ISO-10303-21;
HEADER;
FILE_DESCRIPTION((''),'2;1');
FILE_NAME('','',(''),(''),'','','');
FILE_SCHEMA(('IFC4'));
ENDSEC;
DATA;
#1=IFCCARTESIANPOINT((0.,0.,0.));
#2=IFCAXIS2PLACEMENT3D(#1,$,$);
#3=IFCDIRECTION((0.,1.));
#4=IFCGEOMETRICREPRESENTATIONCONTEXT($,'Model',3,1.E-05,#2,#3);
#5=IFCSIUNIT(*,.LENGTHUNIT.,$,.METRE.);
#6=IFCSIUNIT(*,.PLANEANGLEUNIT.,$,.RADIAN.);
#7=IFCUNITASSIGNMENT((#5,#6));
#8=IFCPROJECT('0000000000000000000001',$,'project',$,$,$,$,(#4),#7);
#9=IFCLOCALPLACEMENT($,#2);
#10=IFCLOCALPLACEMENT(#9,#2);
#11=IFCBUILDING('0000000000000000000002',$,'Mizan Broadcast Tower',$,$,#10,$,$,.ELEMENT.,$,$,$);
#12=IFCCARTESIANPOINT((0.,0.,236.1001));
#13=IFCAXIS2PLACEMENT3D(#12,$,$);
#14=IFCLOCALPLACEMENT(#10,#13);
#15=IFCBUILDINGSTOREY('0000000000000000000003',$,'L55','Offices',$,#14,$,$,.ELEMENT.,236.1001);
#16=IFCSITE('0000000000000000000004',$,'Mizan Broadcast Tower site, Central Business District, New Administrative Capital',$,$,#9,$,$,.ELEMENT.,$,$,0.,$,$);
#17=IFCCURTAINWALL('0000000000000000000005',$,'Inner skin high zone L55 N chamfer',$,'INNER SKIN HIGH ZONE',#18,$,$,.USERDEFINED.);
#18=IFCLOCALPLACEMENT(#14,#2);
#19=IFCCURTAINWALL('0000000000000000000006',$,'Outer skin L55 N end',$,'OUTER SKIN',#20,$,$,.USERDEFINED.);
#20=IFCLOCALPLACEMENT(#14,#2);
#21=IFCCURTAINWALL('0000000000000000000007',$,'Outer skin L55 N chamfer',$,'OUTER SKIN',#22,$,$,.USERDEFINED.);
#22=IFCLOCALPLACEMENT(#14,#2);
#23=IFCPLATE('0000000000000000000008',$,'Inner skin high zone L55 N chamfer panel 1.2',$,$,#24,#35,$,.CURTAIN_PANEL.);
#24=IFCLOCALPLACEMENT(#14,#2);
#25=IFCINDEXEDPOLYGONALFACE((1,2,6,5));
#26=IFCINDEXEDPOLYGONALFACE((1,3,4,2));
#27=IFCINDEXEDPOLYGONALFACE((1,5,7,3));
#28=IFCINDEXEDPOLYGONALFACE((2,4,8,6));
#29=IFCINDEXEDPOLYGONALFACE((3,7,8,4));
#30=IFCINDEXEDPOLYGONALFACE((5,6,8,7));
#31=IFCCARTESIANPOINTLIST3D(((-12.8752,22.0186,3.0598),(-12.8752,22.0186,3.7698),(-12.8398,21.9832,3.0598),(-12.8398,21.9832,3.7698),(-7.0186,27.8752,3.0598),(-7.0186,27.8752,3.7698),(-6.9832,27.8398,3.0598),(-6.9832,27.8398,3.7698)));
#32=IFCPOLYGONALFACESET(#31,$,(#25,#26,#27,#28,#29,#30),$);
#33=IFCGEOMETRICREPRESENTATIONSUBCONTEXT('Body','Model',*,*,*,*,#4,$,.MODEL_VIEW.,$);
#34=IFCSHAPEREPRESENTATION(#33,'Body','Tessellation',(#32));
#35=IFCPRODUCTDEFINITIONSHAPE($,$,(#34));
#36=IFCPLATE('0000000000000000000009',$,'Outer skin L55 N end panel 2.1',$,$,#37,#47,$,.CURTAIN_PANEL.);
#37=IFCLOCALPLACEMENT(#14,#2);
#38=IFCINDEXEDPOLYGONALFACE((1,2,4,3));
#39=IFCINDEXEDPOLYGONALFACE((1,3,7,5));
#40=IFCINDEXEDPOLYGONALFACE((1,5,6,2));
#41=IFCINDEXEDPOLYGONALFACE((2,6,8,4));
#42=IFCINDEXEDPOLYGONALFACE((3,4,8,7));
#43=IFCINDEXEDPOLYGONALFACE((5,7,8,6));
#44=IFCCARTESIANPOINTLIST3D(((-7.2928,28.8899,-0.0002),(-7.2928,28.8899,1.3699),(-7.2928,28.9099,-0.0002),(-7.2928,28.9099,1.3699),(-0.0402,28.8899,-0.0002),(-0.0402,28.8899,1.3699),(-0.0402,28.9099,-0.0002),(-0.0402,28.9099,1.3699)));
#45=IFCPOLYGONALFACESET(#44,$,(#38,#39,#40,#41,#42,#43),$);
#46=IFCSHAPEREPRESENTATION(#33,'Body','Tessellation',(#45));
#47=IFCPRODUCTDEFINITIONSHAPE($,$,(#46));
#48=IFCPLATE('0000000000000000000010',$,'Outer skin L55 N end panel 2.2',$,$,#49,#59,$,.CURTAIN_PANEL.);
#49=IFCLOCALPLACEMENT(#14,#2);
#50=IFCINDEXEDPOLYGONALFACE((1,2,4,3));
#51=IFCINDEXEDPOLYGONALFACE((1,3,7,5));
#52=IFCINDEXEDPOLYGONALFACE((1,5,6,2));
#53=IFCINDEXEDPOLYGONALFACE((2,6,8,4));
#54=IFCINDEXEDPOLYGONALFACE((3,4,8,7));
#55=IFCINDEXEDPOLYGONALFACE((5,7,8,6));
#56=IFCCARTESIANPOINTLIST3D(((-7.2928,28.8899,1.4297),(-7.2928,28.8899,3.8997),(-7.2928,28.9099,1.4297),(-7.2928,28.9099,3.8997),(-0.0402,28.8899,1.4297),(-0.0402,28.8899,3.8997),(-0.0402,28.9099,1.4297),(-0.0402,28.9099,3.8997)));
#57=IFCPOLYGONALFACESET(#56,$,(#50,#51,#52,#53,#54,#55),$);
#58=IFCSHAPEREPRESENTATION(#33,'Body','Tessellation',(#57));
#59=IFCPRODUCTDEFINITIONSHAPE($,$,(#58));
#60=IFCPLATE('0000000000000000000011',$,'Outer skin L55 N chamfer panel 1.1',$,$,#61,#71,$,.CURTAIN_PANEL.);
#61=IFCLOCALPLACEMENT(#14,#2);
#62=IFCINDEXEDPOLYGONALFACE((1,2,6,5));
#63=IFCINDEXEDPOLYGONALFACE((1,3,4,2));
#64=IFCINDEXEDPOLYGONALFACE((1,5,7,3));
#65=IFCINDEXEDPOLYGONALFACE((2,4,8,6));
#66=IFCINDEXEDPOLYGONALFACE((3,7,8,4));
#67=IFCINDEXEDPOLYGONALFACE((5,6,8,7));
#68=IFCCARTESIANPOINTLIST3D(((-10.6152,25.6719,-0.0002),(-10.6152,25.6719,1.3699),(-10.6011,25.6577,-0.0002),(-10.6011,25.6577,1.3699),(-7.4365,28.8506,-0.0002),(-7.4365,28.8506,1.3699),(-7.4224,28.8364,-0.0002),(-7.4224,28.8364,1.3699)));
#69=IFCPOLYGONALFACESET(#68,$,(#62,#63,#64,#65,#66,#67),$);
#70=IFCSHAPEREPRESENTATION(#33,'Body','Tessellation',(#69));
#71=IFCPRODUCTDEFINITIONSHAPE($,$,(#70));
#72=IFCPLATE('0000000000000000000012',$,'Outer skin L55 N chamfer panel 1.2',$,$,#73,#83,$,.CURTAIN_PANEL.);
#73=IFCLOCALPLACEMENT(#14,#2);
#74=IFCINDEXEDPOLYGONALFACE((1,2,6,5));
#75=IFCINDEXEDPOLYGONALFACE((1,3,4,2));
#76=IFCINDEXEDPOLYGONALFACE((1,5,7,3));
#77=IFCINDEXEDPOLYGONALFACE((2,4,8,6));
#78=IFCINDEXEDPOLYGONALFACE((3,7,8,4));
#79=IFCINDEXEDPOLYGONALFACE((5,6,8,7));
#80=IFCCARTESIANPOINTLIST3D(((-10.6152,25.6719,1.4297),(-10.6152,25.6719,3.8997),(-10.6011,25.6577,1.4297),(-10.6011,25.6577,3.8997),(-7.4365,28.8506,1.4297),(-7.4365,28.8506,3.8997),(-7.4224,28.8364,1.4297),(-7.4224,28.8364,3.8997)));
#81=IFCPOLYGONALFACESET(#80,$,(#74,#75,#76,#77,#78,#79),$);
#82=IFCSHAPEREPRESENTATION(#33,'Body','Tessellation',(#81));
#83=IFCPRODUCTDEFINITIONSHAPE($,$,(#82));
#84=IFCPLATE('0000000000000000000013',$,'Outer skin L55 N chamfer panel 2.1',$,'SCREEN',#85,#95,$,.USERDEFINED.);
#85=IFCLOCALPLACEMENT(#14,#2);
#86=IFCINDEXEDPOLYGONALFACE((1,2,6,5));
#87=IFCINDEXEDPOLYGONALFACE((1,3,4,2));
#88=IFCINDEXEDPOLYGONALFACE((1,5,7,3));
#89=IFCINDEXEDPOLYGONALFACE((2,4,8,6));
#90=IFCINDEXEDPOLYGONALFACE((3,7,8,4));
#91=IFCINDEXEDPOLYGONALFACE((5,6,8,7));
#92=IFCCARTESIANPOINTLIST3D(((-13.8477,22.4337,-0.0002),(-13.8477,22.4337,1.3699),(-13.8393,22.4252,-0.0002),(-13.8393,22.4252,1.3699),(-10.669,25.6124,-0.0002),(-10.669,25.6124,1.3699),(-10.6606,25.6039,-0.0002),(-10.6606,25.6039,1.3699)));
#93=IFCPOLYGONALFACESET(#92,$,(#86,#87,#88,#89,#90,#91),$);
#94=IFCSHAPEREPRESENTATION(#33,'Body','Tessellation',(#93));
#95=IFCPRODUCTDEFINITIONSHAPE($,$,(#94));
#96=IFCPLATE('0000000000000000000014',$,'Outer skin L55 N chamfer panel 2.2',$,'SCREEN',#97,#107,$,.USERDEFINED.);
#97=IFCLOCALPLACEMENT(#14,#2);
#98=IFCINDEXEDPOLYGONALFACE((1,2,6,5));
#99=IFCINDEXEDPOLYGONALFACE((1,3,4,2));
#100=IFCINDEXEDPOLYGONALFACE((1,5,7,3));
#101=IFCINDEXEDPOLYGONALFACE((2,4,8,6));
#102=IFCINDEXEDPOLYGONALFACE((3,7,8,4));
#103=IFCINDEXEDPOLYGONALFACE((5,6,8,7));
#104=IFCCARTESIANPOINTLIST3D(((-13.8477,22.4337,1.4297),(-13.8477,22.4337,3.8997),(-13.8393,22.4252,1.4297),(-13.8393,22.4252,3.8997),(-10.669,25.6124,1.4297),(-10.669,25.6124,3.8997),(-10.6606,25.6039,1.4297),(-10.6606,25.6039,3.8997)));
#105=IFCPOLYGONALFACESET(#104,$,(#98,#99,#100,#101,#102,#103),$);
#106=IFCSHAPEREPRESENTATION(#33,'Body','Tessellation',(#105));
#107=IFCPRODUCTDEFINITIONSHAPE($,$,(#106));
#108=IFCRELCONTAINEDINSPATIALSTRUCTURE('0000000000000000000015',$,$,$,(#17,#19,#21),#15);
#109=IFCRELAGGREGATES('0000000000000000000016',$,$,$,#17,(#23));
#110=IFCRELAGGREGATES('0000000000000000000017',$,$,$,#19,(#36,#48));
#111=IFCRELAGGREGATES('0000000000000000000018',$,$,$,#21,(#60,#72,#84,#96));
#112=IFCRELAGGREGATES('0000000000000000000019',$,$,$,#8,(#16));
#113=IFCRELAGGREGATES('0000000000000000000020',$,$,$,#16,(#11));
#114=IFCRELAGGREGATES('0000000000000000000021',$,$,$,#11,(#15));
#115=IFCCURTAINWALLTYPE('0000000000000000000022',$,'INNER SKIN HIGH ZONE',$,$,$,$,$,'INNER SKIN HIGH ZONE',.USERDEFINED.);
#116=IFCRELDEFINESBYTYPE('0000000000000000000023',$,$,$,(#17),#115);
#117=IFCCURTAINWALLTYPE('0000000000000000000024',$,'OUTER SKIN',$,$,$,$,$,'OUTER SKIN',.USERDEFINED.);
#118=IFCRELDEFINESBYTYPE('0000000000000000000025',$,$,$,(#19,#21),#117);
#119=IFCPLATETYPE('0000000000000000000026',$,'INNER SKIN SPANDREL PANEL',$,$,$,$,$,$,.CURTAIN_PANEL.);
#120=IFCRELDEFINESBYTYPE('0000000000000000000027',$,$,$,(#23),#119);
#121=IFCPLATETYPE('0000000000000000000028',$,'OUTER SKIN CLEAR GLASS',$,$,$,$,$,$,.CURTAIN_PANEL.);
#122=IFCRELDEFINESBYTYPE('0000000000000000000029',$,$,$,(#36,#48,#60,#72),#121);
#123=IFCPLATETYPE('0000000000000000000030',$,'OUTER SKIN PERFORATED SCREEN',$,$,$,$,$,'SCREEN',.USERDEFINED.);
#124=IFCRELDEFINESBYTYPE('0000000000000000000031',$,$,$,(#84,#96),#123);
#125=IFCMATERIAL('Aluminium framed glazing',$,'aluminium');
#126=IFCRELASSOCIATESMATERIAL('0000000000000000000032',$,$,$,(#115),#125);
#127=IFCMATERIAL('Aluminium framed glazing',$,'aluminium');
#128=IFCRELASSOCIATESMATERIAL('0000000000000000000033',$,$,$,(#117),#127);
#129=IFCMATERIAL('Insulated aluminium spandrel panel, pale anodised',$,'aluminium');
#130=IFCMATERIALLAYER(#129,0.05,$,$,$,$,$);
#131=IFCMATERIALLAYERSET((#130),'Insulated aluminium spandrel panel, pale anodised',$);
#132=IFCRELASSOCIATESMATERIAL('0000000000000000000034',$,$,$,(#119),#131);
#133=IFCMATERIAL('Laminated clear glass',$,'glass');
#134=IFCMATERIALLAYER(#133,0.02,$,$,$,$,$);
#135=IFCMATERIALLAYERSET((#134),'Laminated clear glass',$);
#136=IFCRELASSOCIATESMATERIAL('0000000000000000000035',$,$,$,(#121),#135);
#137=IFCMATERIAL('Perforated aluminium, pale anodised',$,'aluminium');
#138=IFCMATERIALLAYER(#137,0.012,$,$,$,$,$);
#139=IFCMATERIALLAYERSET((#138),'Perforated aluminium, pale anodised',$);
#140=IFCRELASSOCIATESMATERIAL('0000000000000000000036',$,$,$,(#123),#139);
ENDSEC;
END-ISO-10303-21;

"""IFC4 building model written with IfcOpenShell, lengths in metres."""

from ifc_helpers import new_model, si_unit, direction, frame, origin, origin_2d, place, context, subcontext, project, spatial, rectangle, extrude, material, layer, layer_set, type_object, element, aggregate, save


model = new_model("IFC4")

# Units and contexts
model_context = context("Model", 3, precision=1e-05, world=origin(), true_north=direction((0.0, 1.0)))
body_context = subcontext(model_context, "Body", "Model", "MODEL_VIEW")
ifc_project = project(units=[si_unit("LENGTHUNIT", "METRE"), si_unit("PLANEANGLEUNIT", "RADIAN")], contexts=[model_context])

# Site, building, storey
site_placement = place(None, origin())
site = spatial("IfcSite", under=ifc_project, at=site_placement, Name="Mizan Broadcast Tower site, Central Business District, New Administrative Capital", CompositionType="ELEMENT", RefElevation=0.0)
building_placement = place(site_placement, origin())
building = spatial("IfcBuilding", under=site, at=building_placement, Name="Mizan Broadcast Tower", CompositionType="ELEMENT")
storey_placement = place(building_placement, frame((0.0, 0.0, 236.1001)))
storey = spatial("IfcBuildingStorey", under=building, at=storey_placement, Name="L55", Description="Offices", CompositionType="ELEMENT", Elevation=236.1001)

# Shared definitions
ifc_material_1 = material(Name="Aluminium framed glazing", Category="aluminium")
curtain_wall_type_1 = type_object("IfcCurtainWallType", Name="INNER SKIN HIGH ZONE", ElementType="INNER SKIN HIGH ZONE", PredefinedType="USERDEFINED", material=ifc_material_1)

# Curtain wall
curtain_wall_1_placement = place(storey_placement, origin())
curtain_wall_1 = element("IfcCurtainWall", 1, at=curtain_wall_1_placement, inside=storey, type_object=curtain_wall_type_1, Name="Inner skin high zone L55 N chamfer", ObjectType="INNER SKIN HIGH ZONE", PredefinedType="USERDEFINED")

# Curtain walls
ifc_material_2 = material(Name="Aluminium framed glazing", Category="aluminium")
curtain_wall_type_2 = type_object("IfcCurtainWallType", Name="OUTER SKIN", ElementType="OUTER SKIN", PredefinedType="USERDEFINED", material=ifc_material_2)
curtain_wall_2_placement = place(storey_placement, origin())
curtain_wall_2 = element("IfcCurtainWall", 2, at=curtain_wall_2_placement, inside=storey, type_object=curtain_wall_type_2, Name="Outer skin L55 N end", ObjectType="OUTER SKIN", PredefinedType="USERDEFINED")
curtain_wall_3_placement = place(storey_placement, origin())
curtain_wall_3 = element("IfcCurtainWall", 3, at=curtain_wall_3_placement, inside=storey, type_object=curtain_wall_type_2, Name="Outer skin L55 N chamfer", ObjectType="OUTER SKIN", PredefinedType="USERDEFINED")

# Plates
ifc_material_3 = material(Name="Insulated aluminium spandrel panel, pale anodised", Category="aluminium")
ifc_layer_1 = layer(ifc_material_3, 0.05)
ifc_layer_set_1 = layer_set([ifc_layer_1], Name="Insulated aluminium spandrel panel, pale anodised")
plate_type_1 = type_object("IfcPlateType", Name="INNER SKIN SPANDREL PANEL", PredefinedType="CURTAIN_PANEL", material=ifc_layer_set_1)
plate_1_placement = place(storey_placement, frame((-9.9292, 24.9292, 3.0598), z_axis=(0.0, 0.0, 1.0), x_axis=(-0.707107, -0.707107, 0.0)))
plate_1 = element("IfcPlate", 4, at=plate_1_placement, type_object=plate_type_1, Name="Inner skin high zone L55 N chamfer panel 1.2", PredefinedType="CURTAIN_PANEL", context=body_context, shape_type="SweptSolid", body=[
    extrude(rectangle(XDim=8.2825, YDim=0.05, at=origin_2d()), origin(), (0.0, 0.0, 1.0), 0.71),
])
aggregate(curtain_wall_1, [plate_1])
ifc_material_4 = material(Name="Laminated clear glass", Category="glass")
ifc_layer_2 = layer(ifc_material_4, 0.02)
ifc_layer_set_2 = layer_set([ifc_layer_2], Name="Laminated clear glass")
plate_type_2 = type_object("IfcPlateType", Name="OUTER SKIN CLEAR GLASS", PredefinedType="CURTAIN_PANEL", material=ifc_layer_set_2)
plate_2_placement = place(storey_placement, frame((-3.6665, 28.8999, -0.0002), z_axis=(0.0, 0.0, 1.0), x_axis=(-1.0, 0.0, 0.0)))
plate_2 = element("IfcPlate", 5, at=plate_2_placement, type_object=plate_type_2, Name="Outer skin L55 N end panel 2.1", PredefinedType="CURTAIN_PANEL", context=body_context, shape_type="SweptSolid", body=[
    extrude(rectangle(XDim=7.2527, YDim=0.02, at=origin_2d()), origin(), (0.0, 0.0, 1.0), 1.3701),
])
plate_3_placement = place(storey_placement, frame((-3.6665, 28.8999, 1.4297), z_axis=(0.0, 0.0, 1.0), x_axis=(-1.0, 0.0, 0.0)))
plate_3 = element("IfcPlate", 6, at=plate_3_placement, type_object=plate_type_2, Name="Outer skin L55 N end panel 2.2", PredefinedType="CURTAIN_PANEL", context=body_context, shape_type="SweptSolid", body=[
    extrude(rectangle(XDim=7.2527, YDim=0.02, at=origin_2d()), origin(), (0.0, 0.0, 1.0), 2.47),
])
aggregate(curtain_wall_2, [plate_2, plate_3])
plate_4_placement = place(storey_placement, frame((-9.0188, 27.2542, -0.0002), z_axis=(0.0, 0.0, 1.0), x_axis=(-0.707107, -0.707107, 0.0)))
plate_4 = element("IfcPlate", 7, at=plate_4_placement, type_object=plate_type_2, Name="Outer skin L55 N chamfer panel 1.1", PredefinedType="CURTAIN_PANEL", context=body_context, shape_type="SweptSolid", body=[
    extrude(rectangle(XDim=4.4954, YDim=0.02, at=origin_2d()), origin(), (0.0, 0.0, 1.0), 1.3701),
])
plate_5_placement = place(storey_placement, frame((-9.0188, 27.2542, 1.4297), z_axis=(0.0, 0.0, 1.0), x_axis=(-0.707107, -0.707107, 0.0)))
plate_5 = element("IfcPlate", 8, at=plate_5_placement, type_object=plate_type_2, Name="Outer skin L55 N chamfer panel 1.2", PredefinedType="CURTAIN_PANEL", context=body_context, shape_type="SweptSolid", body=[
    extrude(rectangle(XDim=4.4954, YDim=0.02, at=origin_2d()), origin(), (0.0, 0.0, 1.0), 2.47),
])
ifc_material_5 = material(Name="Perforated aluminium, pale anodised", Category="aluminium")
ifc_layer_3 = layer(ifc_material_5, 0.012)
ifc_layer_set_3 = layer_set([ifc_layer_3], Name="Perforated aluminium, pale anodised")
plate_type_3 = type_object("IfcPlateType", Name="OUTER SKIN PERFORATED SCREEN", ElementType="SCREEN", PredefinedType="USERDEFINED", material=ifc_layer_set_3)
plate_6_placement = place(storey_placement, frame((-12.2542, 24.0188, -0.0002), z_axis=(0.0, 0.0, 1.0), x_axis=(-0.707107, -0.707107, 0.0)))
plate_6 = element("IfcPlate", 9, at=plate_6_placement, type_object=plate_type_3, Name="Outer skin L55 N chamfer panel 2.1", ObjectType="SCREEN", PredefinedType="USERDEFINED", context=body_context, shape_type="SweptSolid", body=[
    extrude(rectangle(XDim=4.4954, YDim=0.012, at=origin_2d()), origin(), (0.0, 0.0, 1.0), 1.3701),
])
plate_7_placement = place(storey_placement, frame((-12.2542, 24.0188, 1.4297), z_axis=(0.0, 0.0, 1.0), x_axis=(-0.707107, -0.707107, 0.0)))
plate_7 = element("IfcPlate", 10, at=plate_7_placement, type_object=plate_type_3, Name="Outer skin L55 N chamfer panel 2.2", ObjectType="SCREEN", PredefinedType="USERDEFINED", context=body_context, shape_type="SweptSolid", body=[
    extrude(rectangle(XDim=4.4954, YDim=0.012, at=origin_2d()), origin(), (0.0, 0.0, 1.0), 2.47),
])
aggregate(curtain_wall_3, [plate_4, plate_5, plate_6, plate_7])

save(model, "model.ifc")
